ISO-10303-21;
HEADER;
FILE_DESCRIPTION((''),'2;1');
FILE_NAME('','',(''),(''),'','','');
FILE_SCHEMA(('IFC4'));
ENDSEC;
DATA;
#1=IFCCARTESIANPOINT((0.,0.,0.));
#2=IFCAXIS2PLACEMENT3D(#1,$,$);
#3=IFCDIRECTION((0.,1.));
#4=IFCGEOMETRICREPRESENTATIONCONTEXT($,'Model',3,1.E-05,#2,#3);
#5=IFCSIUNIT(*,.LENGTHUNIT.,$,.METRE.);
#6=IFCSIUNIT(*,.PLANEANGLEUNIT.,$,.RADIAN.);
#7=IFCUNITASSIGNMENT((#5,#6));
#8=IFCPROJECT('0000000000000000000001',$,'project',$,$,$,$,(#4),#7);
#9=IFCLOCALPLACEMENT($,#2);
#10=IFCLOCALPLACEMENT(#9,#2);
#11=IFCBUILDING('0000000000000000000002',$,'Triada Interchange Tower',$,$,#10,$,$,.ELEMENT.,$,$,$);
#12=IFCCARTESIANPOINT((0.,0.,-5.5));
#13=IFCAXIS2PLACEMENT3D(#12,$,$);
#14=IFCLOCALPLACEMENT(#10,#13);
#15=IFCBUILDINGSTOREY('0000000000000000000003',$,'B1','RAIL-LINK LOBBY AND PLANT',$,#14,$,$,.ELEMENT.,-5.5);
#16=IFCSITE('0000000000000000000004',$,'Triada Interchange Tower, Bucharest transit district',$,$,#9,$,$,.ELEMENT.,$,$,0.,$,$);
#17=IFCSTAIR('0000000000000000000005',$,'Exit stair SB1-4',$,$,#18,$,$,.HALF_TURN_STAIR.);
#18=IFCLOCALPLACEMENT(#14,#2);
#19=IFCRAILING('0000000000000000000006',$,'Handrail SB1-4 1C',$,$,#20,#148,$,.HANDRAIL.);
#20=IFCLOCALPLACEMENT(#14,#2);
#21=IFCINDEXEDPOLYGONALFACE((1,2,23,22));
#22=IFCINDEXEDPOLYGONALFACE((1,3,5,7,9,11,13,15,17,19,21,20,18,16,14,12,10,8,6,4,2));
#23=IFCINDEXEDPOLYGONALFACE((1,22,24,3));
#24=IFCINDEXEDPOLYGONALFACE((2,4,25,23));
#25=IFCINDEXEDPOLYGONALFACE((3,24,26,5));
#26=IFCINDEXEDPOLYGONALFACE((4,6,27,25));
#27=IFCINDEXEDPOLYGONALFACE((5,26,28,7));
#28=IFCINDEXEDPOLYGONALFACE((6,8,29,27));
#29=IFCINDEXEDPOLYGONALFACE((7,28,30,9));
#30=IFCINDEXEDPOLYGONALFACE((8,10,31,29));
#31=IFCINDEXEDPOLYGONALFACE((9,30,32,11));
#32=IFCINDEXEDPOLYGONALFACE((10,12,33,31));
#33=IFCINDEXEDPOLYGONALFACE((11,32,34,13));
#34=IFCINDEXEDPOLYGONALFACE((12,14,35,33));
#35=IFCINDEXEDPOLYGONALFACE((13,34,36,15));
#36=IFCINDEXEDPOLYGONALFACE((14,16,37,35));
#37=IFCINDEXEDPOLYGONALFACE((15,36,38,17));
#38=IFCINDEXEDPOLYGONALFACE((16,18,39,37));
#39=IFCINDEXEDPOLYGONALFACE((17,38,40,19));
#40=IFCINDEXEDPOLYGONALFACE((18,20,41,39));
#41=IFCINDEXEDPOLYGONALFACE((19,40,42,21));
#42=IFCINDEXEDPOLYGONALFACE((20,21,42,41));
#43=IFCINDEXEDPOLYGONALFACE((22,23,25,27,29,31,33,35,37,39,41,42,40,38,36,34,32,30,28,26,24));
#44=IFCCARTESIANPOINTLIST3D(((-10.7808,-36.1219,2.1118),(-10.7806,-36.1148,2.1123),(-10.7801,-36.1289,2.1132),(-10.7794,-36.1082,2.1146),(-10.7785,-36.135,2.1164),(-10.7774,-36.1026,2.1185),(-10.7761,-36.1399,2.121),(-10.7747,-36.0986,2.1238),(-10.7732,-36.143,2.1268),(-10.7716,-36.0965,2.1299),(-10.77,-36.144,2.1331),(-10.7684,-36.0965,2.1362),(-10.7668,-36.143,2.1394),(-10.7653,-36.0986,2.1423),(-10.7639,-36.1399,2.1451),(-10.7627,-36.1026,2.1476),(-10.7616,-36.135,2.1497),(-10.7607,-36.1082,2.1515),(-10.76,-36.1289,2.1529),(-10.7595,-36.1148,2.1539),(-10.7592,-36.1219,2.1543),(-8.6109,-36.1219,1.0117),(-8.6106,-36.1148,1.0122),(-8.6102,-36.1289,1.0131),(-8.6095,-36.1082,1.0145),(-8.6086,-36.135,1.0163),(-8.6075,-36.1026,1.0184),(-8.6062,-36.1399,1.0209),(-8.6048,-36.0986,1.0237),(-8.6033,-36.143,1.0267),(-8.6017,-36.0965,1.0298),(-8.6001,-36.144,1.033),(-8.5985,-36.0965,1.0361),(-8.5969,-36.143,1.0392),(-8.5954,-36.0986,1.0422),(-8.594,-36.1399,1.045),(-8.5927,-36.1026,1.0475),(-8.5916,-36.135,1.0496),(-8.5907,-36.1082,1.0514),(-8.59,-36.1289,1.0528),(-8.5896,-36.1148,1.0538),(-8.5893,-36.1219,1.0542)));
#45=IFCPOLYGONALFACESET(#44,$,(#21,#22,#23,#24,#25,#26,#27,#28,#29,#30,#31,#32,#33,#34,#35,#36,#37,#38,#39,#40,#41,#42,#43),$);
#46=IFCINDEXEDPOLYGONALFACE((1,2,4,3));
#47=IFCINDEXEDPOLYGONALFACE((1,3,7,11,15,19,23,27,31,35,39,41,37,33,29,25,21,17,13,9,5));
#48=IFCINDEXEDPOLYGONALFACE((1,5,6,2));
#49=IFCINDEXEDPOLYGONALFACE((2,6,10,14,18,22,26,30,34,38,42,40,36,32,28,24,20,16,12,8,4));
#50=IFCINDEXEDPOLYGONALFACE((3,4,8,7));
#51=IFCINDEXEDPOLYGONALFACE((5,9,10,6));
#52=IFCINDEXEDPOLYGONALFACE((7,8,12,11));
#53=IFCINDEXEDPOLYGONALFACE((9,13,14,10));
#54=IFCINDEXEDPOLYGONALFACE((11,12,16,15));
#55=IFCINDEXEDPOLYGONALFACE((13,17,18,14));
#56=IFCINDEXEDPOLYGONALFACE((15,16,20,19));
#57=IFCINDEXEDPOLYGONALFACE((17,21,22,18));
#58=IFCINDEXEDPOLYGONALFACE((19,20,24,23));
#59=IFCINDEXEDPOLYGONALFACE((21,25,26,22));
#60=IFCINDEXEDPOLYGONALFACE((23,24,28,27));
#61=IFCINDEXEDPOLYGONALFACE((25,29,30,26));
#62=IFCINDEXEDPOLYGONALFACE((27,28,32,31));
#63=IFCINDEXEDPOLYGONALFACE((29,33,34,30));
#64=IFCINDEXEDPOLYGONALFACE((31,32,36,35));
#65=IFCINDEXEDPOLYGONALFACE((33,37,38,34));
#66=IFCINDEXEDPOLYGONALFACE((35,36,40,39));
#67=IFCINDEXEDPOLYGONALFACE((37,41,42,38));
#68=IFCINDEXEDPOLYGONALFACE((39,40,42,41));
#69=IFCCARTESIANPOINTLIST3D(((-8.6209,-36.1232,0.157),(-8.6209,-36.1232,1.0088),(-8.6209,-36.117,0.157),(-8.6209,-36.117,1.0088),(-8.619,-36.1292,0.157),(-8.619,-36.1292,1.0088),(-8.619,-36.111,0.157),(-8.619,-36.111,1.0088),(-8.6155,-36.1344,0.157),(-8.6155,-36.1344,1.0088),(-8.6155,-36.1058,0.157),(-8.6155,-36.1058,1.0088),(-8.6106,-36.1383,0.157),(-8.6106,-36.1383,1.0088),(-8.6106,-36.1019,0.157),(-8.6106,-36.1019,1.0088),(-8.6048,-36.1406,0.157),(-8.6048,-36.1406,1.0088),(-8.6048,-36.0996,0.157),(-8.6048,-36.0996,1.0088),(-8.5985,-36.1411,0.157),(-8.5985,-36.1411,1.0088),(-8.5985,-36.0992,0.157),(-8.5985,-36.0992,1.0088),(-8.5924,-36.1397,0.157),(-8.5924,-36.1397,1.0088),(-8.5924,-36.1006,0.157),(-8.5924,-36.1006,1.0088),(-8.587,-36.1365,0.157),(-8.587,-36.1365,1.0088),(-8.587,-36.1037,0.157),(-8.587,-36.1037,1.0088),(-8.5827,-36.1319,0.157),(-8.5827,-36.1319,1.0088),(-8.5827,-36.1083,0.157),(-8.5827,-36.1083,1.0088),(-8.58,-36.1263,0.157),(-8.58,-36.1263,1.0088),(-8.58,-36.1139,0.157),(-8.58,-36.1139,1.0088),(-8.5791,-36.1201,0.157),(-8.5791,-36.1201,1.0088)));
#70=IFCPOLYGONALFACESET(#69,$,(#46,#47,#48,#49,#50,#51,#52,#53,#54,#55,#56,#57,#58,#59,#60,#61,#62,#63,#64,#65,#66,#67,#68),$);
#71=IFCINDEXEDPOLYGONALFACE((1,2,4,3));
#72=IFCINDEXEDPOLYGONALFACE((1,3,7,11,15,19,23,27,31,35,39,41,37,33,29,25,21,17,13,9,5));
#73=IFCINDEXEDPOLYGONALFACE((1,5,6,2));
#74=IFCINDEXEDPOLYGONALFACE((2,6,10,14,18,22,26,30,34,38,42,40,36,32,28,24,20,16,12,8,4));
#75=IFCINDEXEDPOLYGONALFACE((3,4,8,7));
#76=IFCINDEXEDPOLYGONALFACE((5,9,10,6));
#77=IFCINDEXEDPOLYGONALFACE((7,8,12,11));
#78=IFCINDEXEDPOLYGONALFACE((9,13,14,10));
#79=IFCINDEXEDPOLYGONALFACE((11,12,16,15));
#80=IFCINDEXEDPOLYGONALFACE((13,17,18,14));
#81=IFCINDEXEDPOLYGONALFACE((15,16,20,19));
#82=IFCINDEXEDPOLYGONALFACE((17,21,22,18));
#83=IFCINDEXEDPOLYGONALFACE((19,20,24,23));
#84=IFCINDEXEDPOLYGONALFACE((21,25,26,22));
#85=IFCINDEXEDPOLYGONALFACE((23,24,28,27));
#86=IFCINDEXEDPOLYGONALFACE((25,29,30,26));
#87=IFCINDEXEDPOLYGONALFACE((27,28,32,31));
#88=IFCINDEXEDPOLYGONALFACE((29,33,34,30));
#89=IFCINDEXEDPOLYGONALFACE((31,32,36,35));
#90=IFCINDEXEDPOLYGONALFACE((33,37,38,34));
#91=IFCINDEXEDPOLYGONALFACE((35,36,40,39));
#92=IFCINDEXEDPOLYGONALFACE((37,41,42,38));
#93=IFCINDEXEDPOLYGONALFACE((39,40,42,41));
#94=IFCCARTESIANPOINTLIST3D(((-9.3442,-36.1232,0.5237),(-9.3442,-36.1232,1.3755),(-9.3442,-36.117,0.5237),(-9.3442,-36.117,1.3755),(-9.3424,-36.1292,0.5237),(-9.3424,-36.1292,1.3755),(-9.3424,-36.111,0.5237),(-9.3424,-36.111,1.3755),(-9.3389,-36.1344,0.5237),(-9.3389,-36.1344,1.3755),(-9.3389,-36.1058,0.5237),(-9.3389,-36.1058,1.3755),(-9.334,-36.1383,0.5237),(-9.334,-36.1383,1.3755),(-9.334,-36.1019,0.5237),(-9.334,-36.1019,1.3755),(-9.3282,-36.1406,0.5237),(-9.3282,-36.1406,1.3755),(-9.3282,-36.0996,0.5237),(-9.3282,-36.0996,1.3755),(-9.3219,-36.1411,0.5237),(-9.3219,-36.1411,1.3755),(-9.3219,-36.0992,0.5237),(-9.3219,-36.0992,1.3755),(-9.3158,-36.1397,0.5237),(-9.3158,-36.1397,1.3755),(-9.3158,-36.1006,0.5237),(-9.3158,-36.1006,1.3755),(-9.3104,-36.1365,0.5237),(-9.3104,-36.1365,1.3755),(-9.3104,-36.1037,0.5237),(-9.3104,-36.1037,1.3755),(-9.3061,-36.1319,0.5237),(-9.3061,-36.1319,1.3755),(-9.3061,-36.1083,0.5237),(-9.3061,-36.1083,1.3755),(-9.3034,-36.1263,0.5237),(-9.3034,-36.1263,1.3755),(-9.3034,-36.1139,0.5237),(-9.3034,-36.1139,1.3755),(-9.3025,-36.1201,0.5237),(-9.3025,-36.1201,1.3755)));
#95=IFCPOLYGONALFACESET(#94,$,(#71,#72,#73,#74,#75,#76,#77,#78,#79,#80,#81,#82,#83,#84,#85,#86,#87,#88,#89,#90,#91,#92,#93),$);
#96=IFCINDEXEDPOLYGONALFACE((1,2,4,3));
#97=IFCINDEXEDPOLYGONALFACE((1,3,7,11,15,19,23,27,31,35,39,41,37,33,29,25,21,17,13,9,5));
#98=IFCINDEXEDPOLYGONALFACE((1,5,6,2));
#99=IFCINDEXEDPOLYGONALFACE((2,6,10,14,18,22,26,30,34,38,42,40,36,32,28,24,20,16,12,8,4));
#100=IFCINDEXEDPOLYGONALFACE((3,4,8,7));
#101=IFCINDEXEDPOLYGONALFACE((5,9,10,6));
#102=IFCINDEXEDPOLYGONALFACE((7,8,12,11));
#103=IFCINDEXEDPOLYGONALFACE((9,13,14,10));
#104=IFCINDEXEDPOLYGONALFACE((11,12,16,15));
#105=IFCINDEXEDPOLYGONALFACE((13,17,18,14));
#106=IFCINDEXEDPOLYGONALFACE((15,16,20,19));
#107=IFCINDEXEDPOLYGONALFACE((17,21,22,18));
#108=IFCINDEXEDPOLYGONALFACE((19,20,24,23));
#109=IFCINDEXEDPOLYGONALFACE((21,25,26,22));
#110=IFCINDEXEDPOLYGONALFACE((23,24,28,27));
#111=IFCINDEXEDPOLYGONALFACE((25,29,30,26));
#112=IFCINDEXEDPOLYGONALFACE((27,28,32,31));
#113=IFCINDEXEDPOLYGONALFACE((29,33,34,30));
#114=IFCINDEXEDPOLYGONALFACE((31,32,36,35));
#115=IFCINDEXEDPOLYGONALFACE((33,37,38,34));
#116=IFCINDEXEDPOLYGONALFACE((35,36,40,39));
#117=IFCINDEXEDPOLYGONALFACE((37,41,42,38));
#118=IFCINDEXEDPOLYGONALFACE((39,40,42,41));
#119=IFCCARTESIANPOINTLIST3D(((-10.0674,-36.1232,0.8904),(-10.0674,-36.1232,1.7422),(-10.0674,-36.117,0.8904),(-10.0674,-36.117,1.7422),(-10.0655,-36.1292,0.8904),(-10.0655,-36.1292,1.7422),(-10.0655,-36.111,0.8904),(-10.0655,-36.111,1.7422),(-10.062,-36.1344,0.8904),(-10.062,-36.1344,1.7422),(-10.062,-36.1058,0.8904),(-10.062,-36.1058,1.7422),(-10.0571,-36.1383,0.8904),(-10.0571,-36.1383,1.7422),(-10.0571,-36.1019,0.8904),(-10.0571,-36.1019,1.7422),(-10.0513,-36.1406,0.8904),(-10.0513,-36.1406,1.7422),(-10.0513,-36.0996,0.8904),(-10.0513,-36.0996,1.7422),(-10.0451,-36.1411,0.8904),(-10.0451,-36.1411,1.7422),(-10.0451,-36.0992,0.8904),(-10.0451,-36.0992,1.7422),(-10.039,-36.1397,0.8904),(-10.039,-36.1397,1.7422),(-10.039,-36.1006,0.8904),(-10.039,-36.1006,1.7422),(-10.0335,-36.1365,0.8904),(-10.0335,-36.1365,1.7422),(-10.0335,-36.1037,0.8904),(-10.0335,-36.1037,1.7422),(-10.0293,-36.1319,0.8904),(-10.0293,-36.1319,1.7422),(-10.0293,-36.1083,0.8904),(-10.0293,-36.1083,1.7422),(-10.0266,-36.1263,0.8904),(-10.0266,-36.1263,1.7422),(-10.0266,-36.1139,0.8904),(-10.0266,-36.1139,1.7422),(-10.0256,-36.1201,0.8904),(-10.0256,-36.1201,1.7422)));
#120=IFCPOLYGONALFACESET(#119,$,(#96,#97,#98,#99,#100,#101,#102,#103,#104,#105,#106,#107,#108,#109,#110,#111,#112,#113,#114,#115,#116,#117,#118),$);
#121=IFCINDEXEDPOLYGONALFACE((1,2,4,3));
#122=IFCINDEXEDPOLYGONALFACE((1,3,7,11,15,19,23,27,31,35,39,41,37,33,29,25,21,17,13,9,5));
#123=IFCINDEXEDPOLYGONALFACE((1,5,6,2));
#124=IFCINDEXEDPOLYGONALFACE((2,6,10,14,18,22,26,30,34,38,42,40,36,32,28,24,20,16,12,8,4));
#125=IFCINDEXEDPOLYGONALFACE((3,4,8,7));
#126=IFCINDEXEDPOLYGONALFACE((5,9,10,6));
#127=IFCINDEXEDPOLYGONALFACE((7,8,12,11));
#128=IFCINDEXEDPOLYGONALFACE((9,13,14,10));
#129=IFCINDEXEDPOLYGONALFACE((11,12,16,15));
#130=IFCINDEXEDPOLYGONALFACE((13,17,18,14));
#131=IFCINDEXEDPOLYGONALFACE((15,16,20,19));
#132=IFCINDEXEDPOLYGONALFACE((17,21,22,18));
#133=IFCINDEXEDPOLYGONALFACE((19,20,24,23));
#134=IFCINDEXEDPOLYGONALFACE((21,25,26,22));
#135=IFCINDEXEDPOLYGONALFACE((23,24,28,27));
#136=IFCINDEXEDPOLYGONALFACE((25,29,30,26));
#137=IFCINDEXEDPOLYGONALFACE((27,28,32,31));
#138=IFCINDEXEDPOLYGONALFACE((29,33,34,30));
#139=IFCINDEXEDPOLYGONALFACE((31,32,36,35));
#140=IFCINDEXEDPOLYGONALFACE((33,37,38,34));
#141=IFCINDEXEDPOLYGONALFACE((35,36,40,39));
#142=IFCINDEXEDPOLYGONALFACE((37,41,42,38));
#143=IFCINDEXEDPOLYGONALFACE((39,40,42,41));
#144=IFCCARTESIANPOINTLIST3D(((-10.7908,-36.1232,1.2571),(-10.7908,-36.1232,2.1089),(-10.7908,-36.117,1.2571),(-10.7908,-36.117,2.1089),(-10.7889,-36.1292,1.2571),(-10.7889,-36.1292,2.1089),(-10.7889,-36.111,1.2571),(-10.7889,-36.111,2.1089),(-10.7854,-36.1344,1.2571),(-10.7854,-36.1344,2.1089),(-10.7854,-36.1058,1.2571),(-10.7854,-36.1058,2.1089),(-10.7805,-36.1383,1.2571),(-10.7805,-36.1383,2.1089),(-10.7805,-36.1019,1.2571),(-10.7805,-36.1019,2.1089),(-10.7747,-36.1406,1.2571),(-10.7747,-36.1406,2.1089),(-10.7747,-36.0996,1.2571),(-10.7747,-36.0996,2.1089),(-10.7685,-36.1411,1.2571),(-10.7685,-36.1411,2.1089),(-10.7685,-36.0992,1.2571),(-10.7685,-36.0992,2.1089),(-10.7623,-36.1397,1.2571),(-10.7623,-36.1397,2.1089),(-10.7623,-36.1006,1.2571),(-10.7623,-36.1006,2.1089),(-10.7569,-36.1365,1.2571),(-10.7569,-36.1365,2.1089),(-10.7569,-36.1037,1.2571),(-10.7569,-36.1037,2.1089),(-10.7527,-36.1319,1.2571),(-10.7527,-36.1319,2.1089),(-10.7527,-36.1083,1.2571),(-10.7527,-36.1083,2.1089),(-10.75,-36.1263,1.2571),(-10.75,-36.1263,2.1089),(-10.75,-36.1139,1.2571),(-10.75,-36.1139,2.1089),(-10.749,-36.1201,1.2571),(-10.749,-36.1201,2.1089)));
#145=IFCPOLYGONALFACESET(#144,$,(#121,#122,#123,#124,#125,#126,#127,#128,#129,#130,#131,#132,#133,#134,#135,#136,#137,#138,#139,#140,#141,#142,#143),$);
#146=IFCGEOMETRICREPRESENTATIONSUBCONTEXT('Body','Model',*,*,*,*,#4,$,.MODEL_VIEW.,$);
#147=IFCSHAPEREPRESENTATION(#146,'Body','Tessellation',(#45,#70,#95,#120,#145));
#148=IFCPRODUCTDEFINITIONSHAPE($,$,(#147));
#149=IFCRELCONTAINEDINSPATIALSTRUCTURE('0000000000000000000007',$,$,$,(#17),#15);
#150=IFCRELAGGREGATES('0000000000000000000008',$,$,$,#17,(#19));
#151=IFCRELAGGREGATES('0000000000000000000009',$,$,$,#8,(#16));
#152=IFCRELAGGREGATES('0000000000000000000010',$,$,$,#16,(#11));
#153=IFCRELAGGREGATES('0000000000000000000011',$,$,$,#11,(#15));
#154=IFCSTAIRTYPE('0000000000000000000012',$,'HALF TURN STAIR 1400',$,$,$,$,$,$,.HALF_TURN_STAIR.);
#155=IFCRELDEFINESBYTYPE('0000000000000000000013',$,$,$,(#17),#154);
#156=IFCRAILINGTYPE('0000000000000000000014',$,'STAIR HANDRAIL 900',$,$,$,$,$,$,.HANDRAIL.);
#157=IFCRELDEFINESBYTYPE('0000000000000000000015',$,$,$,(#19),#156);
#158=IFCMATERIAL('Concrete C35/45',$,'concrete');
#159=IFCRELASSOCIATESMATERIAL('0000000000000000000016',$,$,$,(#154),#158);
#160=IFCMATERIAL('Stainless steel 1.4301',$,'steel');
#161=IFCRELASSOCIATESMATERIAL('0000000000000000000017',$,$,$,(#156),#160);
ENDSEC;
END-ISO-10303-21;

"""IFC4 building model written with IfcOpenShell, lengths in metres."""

from ifc_helpers import new_model, si_unit, direction, frame, origin, origin_2d, place, context, subcontext, project, spatial, circle, extrude, material, type_object, element, aggregate, save


model = new_model("IFC4")

# Units and contexts
model_context = context("Model", 3, precision=1e-05, world=origin(), true_north=direction((0.0, 1.0)))
body_context = subcontext(model_context, "Body", "Model", "MODEL_VIEW")
ifc_project = project(units=[si_unit("LENGTHUNIT", "METRE"), si_unit("PLANEANGLEUNIT", "RADIAN")], contexts=[model_context])

# Site, building, storey
site_placement = place(None, origin())
site = spatial("IfcSite", under=ifc_project, at=site_placement, Name="Triada Interchange Tower, Bucharest transit district", CompositionType="ELEMENT", RefElevation=0.0)
building_placement = place(site_placement, origin())
building = spatial("IfcBuilding", under=site, at=building_placement, Name="Triada Interchange Tower", CompositionType="ELEMENT")
storey_placement = place(building_placement, frame((0.0, 0.0, -5.5)))
storey = spatial("IfcBuildingStorey", under=building, at=storey_placement, Name="B1", Description="RAIL-LINK LOBBY AND PLANT", CompositionType="ELEMENT", Elevation=-5.5)

# Shared definitions
ifc_material_1 = material(Name="Concrete C35/45", Category="concrete")

# Stair, railing
stair_type = type_object("IfcStairType", Name="HALF TURN STAIR 1400", PredefinedType="HALF_TURN_STAIR", material=ifc_material_1)
stair_1_placement = place(storey_placement, origin())
stair_1 = element("IfcStair", 1, at=stair_1_placement, inside=storey, type_object=stair_type, Name="Exit stair SB1-4", PredefinedType="HALF_TURN_STAIR")
ifc_material_2 = material(Name="Stainless steel 1.4301", Category="steel")
railing_type_1 = type_object("IfcRailingType", Name="STAIR HANDRAIL 900", PredefinedType="HANDRAIL", material=ifc_material_2)
railing_1_placement = place(storey_placement, frame((-8.6001, -36.1201, 0.157)))
railing_1 = element("IfcRailing", 2, at=railing_1_placement, type_object=railing_type_1, Name="Handrail SB1-4 1C", PredefinedType="HANDRAIL", context=body_context, shape_type="SweptSolid", body=[
    extrude(circle(Radius=0.0239, at=origin_2d()), frame((0.0, 0.0, 0.876), z_axis=(-0.891925, 0.0, 0.452184), x_axis=(0.0, -1.0, 0.0)), (0.0, 0.0, 1.0), 2.4329),
    extrude(circle(Radius=0.021, at=origin_2d()), origin(), (0.0, 0.0, 1.0), 0.8518),
    extrude(circle(Radius=0.021, at=origin_2d()), frame((-0.7234, 0.0, 0.3667)), (0.0, 0.0, 1.0), 0.8518),
    extrude(circle(Radius=0.021, at=origin_2d()), frame((-1.4465, 0.0, 0.7334)), (0.0, 0.0, 1.0), 0.8518),
    extrude(circle(Radius=0.021, at=origin_2d()), frame((-2.1699, 0.0, 1.1001)), (0.0, 0.0, 1.0), 0.8518),
])
aggregate(stair_1, [railing_1])

save(model, "model.ifc")
